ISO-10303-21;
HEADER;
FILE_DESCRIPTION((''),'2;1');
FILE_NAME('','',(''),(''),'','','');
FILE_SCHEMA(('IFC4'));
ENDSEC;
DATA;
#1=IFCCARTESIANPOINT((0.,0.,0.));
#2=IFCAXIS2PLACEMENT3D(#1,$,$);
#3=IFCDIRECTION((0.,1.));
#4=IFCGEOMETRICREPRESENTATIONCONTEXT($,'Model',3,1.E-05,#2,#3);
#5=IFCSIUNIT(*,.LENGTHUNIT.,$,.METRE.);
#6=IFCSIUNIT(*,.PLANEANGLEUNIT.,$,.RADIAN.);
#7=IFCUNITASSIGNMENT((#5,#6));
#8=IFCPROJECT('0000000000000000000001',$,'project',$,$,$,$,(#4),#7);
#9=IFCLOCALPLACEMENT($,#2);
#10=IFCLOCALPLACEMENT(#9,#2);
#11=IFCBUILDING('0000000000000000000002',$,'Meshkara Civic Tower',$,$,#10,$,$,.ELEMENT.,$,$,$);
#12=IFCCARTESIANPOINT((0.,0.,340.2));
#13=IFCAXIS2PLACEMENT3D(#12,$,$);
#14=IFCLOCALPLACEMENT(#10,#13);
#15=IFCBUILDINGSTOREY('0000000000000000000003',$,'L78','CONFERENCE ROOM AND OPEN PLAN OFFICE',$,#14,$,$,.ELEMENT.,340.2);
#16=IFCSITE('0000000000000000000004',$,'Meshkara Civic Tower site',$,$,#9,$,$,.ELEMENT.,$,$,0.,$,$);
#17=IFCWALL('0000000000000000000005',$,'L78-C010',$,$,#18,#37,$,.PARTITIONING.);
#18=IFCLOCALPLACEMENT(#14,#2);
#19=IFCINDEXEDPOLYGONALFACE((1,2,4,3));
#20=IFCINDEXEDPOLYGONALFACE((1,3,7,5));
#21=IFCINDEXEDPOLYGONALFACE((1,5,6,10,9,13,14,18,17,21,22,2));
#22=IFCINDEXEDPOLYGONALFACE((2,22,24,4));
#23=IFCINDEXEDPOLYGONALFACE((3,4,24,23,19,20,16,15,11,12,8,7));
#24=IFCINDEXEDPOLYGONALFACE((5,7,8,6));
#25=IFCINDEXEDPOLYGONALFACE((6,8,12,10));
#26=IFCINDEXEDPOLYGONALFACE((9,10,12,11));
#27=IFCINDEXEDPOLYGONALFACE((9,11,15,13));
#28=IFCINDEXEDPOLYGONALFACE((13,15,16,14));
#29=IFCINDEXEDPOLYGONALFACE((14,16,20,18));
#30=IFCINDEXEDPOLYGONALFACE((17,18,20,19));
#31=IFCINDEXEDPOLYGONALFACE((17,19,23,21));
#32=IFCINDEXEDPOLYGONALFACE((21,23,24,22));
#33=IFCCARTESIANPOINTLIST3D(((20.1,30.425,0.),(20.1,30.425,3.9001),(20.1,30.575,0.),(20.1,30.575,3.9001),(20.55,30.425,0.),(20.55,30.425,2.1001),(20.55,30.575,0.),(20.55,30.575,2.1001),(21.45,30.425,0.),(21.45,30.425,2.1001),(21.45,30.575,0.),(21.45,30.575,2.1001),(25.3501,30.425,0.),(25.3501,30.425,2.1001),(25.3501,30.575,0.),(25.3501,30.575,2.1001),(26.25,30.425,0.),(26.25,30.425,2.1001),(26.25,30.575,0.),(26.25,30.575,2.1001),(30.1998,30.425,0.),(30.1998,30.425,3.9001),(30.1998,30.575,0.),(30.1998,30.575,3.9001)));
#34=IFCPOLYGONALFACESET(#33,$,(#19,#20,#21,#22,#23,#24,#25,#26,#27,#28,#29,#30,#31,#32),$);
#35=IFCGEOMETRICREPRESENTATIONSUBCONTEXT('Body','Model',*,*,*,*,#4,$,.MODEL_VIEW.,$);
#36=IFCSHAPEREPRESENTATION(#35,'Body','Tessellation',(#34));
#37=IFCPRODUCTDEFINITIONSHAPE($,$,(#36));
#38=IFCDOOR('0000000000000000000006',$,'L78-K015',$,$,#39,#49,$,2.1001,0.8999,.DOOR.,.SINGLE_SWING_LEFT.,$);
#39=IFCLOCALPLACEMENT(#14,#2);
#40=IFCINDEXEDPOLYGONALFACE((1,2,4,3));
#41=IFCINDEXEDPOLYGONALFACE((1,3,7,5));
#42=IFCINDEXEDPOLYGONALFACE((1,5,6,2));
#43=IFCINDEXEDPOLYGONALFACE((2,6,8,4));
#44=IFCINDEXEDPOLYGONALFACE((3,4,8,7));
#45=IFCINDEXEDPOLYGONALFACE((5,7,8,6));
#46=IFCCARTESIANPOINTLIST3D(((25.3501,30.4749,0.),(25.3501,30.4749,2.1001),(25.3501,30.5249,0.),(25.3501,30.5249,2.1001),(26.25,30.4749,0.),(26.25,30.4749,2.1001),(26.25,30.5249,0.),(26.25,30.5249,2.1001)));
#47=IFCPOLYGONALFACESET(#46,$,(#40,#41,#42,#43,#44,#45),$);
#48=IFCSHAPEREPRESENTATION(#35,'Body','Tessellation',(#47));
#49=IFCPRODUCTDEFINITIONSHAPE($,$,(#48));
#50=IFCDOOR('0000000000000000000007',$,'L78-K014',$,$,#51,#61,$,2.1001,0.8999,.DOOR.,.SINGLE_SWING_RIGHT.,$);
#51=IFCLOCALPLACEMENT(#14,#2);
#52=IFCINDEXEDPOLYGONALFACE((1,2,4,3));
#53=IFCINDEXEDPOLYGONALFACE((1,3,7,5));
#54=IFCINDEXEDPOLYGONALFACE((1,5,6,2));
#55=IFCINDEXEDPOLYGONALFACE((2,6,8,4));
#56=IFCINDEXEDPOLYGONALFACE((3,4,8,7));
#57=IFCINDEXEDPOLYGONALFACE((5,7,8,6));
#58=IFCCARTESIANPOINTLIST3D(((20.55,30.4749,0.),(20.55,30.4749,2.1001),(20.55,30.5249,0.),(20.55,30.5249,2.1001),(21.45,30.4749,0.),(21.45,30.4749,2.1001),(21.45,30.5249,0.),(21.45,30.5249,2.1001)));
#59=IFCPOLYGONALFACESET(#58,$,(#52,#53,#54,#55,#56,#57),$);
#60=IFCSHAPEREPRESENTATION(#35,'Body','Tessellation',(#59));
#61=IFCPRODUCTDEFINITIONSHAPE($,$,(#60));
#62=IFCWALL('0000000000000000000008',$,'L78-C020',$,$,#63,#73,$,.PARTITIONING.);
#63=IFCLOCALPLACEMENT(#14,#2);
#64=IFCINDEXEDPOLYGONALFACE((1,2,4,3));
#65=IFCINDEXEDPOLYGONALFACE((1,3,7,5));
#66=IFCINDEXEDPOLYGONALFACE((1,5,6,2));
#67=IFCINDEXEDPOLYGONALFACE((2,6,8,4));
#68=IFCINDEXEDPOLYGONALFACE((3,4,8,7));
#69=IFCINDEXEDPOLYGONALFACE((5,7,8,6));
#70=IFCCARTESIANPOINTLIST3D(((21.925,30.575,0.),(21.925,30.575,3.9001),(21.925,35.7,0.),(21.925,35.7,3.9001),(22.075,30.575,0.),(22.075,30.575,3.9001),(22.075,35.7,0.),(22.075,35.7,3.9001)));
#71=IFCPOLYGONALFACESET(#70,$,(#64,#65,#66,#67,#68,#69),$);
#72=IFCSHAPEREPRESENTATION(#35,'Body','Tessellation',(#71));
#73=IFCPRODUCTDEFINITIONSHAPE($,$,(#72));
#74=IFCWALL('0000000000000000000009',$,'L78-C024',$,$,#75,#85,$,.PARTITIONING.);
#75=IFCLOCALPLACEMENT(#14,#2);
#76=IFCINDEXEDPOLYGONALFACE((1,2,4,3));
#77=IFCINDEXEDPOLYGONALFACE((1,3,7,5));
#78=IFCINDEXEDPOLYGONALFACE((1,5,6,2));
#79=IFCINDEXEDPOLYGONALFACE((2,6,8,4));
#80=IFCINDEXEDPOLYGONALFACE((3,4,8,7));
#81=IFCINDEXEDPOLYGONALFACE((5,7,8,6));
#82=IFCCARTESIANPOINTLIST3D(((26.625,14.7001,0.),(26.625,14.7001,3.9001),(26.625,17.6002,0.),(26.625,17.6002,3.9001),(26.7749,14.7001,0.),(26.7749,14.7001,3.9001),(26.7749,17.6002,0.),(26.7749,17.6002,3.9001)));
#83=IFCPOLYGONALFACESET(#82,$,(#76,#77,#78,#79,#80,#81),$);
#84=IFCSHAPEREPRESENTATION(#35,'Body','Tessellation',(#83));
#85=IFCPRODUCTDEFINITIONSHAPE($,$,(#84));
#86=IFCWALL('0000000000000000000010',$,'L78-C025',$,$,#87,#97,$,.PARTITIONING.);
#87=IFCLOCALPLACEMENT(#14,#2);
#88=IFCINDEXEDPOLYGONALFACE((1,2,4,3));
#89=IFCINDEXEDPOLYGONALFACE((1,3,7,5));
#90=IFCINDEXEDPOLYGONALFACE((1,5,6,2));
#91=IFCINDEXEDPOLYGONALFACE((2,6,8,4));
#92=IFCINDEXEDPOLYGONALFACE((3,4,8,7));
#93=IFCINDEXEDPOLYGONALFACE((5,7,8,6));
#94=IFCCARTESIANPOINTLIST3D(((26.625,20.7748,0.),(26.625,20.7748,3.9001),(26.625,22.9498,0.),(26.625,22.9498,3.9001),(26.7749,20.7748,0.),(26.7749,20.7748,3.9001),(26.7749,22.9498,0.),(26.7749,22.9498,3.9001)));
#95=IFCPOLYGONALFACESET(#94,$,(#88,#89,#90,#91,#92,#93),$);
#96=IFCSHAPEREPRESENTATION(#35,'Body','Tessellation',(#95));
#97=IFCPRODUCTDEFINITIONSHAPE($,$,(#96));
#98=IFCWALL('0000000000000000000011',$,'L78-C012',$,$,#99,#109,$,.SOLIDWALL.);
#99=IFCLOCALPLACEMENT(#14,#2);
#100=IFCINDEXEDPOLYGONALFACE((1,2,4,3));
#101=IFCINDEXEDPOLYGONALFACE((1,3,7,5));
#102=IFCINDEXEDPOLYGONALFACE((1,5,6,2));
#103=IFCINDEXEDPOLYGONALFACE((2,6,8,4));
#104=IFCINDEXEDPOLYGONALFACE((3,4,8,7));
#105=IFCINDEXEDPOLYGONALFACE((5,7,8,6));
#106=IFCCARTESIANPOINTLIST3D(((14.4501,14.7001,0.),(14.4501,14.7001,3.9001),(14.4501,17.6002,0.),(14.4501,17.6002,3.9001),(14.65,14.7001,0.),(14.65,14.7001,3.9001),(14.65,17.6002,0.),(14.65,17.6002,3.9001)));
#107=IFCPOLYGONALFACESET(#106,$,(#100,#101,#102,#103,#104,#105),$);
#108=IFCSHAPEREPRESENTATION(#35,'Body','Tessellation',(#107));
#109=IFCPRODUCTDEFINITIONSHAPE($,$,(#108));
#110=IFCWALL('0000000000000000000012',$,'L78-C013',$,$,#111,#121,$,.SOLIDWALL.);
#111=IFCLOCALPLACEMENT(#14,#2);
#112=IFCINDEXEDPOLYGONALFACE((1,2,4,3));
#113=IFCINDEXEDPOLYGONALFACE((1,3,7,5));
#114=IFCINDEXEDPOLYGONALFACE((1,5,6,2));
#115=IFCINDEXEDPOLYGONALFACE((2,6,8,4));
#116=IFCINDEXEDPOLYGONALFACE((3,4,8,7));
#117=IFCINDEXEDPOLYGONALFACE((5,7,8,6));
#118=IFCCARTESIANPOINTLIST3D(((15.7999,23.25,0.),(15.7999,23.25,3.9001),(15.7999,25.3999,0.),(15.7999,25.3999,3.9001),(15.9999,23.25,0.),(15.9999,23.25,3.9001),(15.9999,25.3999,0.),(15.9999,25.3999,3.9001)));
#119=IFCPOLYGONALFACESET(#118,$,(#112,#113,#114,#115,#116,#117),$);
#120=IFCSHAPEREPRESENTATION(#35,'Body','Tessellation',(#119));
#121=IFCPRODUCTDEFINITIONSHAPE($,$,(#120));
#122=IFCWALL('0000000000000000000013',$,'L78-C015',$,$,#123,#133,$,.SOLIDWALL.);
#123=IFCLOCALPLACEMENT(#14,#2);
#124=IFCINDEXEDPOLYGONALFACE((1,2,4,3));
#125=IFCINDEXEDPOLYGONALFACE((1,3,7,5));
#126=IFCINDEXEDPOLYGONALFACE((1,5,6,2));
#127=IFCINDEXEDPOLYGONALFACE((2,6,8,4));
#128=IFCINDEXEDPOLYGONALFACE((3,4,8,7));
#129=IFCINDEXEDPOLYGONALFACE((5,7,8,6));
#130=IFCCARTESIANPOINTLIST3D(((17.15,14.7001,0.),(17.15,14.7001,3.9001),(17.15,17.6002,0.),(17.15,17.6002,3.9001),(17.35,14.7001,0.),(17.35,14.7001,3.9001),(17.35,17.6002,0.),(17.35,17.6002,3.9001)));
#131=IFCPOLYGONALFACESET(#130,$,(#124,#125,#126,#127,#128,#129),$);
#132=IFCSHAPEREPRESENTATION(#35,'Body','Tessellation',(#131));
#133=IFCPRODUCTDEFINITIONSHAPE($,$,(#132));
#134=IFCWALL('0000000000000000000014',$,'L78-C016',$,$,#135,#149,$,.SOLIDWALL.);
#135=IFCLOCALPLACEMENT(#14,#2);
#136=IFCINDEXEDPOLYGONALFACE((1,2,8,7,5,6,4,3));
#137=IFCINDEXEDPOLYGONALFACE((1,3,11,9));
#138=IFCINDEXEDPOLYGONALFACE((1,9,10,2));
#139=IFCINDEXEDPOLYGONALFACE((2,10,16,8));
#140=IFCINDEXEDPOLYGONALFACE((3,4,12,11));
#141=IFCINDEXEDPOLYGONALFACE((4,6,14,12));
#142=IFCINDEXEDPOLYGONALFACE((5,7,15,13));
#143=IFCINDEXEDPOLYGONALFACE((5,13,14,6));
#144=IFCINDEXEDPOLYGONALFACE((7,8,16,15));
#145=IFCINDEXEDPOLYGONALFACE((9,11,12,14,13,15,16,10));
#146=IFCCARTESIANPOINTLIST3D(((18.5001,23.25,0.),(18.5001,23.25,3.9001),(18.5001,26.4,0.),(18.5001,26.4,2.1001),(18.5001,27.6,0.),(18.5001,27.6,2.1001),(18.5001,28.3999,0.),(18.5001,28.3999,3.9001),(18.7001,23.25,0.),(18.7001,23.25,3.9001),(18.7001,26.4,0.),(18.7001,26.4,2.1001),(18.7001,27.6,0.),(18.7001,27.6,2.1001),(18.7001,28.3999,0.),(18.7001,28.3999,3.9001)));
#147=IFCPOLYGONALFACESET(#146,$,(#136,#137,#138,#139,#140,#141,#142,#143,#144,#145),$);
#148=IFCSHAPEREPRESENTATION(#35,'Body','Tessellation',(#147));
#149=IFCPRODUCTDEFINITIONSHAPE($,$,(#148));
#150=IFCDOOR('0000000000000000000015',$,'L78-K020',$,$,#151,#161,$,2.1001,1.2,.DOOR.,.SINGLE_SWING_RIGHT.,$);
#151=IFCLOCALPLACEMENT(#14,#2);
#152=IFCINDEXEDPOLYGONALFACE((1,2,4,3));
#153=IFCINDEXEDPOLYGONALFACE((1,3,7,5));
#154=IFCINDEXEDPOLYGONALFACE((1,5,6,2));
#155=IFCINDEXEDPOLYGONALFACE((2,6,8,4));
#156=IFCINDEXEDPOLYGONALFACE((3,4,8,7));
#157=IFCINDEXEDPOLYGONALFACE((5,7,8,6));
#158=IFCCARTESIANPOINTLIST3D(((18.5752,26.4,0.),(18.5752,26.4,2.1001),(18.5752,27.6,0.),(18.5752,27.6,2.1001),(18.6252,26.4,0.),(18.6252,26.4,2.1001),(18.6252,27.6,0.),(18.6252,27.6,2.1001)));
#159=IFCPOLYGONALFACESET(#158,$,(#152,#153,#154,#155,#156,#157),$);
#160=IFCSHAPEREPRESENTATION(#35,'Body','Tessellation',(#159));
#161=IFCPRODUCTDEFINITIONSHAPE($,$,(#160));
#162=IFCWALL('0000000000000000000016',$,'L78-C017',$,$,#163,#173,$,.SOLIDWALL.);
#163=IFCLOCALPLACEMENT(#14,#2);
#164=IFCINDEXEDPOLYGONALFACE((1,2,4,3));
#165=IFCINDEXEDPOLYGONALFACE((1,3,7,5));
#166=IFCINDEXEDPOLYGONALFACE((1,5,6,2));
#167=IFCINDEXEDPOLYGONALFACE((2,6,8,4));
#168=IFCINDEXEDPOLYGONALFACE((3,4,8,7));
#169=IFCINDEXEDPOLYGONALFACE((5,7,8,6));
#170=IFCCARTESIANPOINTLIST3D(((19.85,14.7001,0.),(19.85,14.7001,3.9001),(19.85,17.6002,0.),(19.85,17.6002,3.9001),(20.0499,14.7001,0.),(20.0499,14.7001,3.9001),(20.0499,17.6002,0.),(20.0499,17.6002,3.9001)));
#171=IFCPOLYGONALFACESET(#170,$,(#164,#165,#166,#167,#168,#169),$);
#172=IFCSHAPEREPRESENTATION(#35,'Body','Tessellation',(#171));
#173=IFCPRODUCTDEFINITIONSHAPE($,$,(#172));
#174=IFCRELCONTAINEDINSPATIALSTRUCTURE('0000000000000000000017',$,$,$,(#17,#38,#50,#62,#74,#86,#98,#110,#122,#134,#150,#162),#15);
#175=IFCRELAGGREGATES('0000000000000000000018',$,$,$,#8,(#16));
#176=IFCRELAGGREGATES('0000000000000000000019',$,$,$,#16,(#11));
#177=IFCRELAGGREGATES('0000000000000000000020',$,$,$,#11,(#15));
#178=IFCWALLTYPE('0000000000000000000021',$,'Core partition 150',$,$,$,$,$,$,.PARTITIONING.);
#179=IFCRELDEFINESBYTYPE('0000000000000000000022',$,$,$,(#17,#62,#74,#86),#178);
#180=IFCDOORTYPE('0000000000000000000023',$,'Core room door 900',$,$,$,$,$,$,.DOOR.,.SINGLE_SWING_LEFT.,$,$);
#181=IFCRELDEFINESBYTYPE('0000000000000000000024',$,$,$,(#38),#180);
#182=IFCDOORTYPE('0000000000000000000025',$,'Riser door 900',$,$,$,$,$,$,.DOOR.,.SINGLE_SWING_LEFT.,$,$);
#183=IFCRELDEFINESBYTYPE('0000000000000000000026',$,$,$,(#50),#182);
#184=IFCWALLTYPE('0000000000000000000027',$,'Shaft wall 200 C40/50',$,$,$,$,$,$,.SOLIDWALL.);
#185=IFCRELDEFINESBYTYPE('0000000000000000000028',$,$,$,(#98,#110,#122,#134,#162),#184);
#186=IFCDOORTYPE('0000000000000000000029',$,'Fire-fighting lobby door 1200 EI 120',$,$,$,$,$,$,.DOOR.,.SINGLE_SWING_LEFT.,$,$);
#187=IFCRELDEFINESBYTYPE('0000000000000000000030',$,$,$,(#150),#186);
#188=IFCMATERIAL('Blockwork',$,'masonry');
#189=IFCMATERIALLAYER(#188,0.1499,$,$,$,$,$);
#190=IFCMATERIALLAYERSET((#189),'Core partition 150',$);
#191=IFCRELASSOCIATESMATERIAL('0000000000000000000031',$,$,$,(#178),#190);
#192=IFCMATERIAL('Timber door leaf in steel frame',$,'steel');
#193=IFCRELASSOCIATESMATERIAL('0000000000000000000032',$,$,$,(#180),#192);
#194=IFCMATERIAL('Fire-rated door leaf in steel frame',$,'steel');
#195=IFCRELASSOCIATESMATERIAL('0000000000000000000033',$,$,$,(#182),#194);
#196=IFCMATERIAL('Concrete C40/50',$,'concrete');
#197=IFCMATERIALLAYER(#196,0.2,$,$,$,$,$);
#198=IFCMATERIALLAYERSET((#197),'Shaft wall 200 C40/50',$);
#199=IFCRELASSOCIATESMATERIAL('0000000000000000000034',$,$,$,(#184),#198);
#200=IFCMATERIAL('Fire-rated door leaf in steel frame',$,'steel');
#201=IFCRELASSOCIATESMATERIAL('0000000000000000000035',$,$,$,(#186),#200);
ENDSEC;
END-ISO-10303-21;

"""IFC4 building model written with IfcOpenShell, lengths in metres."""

from ifc_helpers import new_model, si_unit, direction, frame, frame_2d, origin, place, context, subcontext, project, spatial, rectangle, extrude, material, layer, layer_set, type_object, element, fill, save


model = new_model("IFC4")

# Units and contexts
model_context = context("Model", 3, precision=1e-05, world=origin(), true_north=direction((0.0, 1.0)))
body_context = subcontext(model_context, "Body", "Model", "MODEL_VIEW")
ifc_project = project(units=[si_unit("LENGTHUNIT", "METRE"), si_unit("PLANEANGLEUNIT", "RADIAN")], contexts=[model_context])

# Site, building, storey
site_placement = place(None, origin())
site = spatial("IfcSite", under=ifc_project, at=site_placement, Name="Meshkara Civic Tower site", CompositionType="ELEMENT", RefElevation=0.0)
building_placement = place(site_placement, origin())
building = spatial("IfcBuilding", under=site, at=building_placement, Name="Meshkara Civic Tower", CompositionType="ELEMENT")
storey_placement = place(building_placement, frame((0.0, 0.0, 340.2)))
storey = spatial("IfcBuildingStorey", under=building, at=storey_placement, Name="L78", Description="CONFERENCE ROOM AND OPEN PLAN OFFICE", CompositionType="ELEMENT", Elevation=340.2)

# Wall, openings, doors
ifc_material_1 = material(Name="Blockwork", Category="masonry")
ifc_layer_1 = layer(ifc_material_1, 0.1499)
ifc_layer_set_1 = layer_set([ifc_layer_1], Name="Core partition 150")
wall_type_1 = type_object("IfcWallType", Name="Core partition 150", PredefinedType="PARTITIONING", material=ifc_layer_set_1)
wall_1_placement = place(storey_placement, frame((20.1001, 30.5, 0.0), z_axis=(0.0, 0.0, 1.0), x_axis=(1.0, 0.0, 0.0)))
wall_1 = element("IfcWall", 1, at=wall_1_placement, inside=storey, type_object=wall_type_1, Name="L78-C010", PredefinedType="PARTITIONING", context=body_context, shape_type="SweptSolid", body=[
    extrude(rectangle(XDim=10.0999, YDim=0.1499, at=frame_2d((5.0498, 0.0))), origin(), (0.0, 0.0, 1.0), 3.9001),
])
opening_1_placement = place(wall_1_placement, frame((0.45, 0.0, 0.0)))
opening_1 = element("IfcOpeningElement", 2, at=opening_1_placement, cuts=wall_1, PredefinedType="OPENING", context=body_context, shape_type="SweptSolid", body=[
    extrude(rectangle(XDim=0.8999, YDim=2.1001, at=frame_2d((0.45, 1.05))), frame((0.0, 0.085, 0.0), z_axis=(0.0, -1.0, 0.0), x_axis=(1.0, 0.0, 0.0)), (0.0, 0.0, 1.0), 0.1699),
])
opening_2_placement = place(wall_1_placement, frame((5.25, 0.0, 0.0)))
opening_2 = element("IfcOpeningElement", 3, at=opening_2_placement, cuts=wall_1, PredefinedType="OPENING", context=body_context, shape_type="SweptSolid", body=[
    extrude(rectangle(XDim=0.8999, YDim=2.1001, at=frame_2d((0.45, 1.05))), frame((0.0, 0.085, 0.0), z_axis=(0.0, -1.0, 0.0), x_axis=(1.0, 0.0, 0.0)), (0.0, 0.0, 1.0), 0.1699),
])
ifc_material_2 = material(Name="Timber door leaf in steel frame", Category="steel")
door_type_1 = type_object("IfcDoorType", Name="Core room door 900", OperationType="SINGLE_SWING_LEFT", PredefinedType="DOOR", material=ifc_material_2)
door_1_placement = place(opening_2_placement, origin())
door_1 = element("IfcDoor", 4, at=door_1_placement, inside=storey, type_object=door_type_1, Name="L78-K015", OperationType="SINGLE_SWING_LEFT", OverallHeight=2.1001, OverallWidth=0.8999, PredefinedType="DOOR", context=body_context, shape_type="SweptSolid", body=[
    extrude(rectangle(XDim=0.8999, YDim=2.1001, at=frame_2d((0.45, 1.05))), frame((0.0, 0.0249, 0.0), z_axis=(0.0, -1.0, 0.0), x_axis=(1.0, 0.0, 0.0)), (0.0, 0.0, 1.0), 0.05),
])
fill(opening_2, door_1)
ifc_material_3 = material(Name="Fire-rated door leaf in steel frame", Category="steel")
door_type_2 = type_object("IfcDoorType", Name="Riser door 900", OperationType="SINGLE_SWING_LEFT", PredefinedType="DOOR", material=ifc_material_3)
door_2_placement = place(opening_1_placement, origin())
door_2 = element("IfcDoor", 5, at=door_2_placement, inside=storey, type_object=door_type_2, Name="L78-K014", OperationType="SINGLE_SWING_RIGHT", OverallHeight=2.1001, OverallWidth=0.8999, PredefinedType="DOOR", context=body_context, shape_type="SweptSolid", body=[
    extrude(rectangle(XDim=0.8999, YDim=2.1001, at=frame_2d((0.45, 1.05))), frame((0.0, 0.0249, 0.0), z_axis=(0.0, -1.0, 0.0), x_axis=(1.0, 0.0, 0.0)), (0.0, 0.0, 1.0), 0.05),
])
fill(opening_1, door_2)

# Walls
wall_2_placement = place(storey_placement, frame((22.0, 30.575, 0.0), z_axis=(0.0, 0.0, 1.0), x_axis=(0.0, 1.0, 0.0)))
element("IfcWall", 6, at=wall_2_placement, inside=storey, type_object=wall_type_1, Name="L78-C020", PredefinedType="PARTITIONING", context=body_context, shape_type="SweptSolid", body=[
    extrude(rectangle(XDim=5.125, YDim=0.1499, at=frame_2d((2.5625, 0.0))), origin(), (0.0, 0.0, 1.0), 3.9001),
])
wall_3_placement = place(storey_placement, frame((26.7, 14.7, 0.0), z_axis=(0.0, 0.0, 1.0), x_axis=(0.0, 1.0, 0.0)))
element("IfcWall", 7, at=wall_3_placement, inside=storey, type_object=wall_type_1, Name="L78-C024", PredefinedType="PARTITIONING", context=body_context, shape_type="SweptSolid", body=[
    extrude(rectangle(XDim=2.9001, YDim=0.1499, at=frame_2d((1.4502, 0.0))), origin(), (0.0, 0.0, 1.0), 3.9001),
])
wall_4_placement = place(storey_placement, frame((26.7, 20.7749, 0.0), z_axis=(0.0, 0.0, 1.0), x_axis=(0.0, 1.0, 0.0)))
element("IfcWall", 8, at=wall_4_placement, inside=storey, type_object=wall_type_1, Name="L78-C025", PredefinedType="PARTITIONING", context=body_context, shape_type="SweptSolid", body=[
    extrude(rectangle(XDim=2.175, YDim=0.1499, at=frame_2d((1.0874, 0.0))), origin(), (0.0, 0.0, 1.0), 3.9001),
])
ifc_material_4 = material(Name="Concrete C40/50", Category="concrete")
ifc_layer_2 = layer(ifc_material_4, 0.2)
ifc_layer_set_2 = layer_set([ifc_layer_2], Name="Shaft wall 200 C40/50")
wall_type_2 = type_object("IfcWallType", Name="Shaft wall 200 C40/50", PredefinedType="SOLIDWALL", material=ifc_layer_set_2)
wall_5_placement = place(storey_placement, frame((14.55, 14.7, 0.0), z_axis=(0.0, 0.0, 1.0), x_axis=(0.0, 1.0, 0.0)))
element("IfcWall", 9, at=wall_5_placement, inside=storey, type_object=wall_type_2, Name="L78-C012", PredefinedType="SOLIDWALL", context=body_context, shape_type="SweptSolid", body=[
    extrude(rectangle(XDim=2.9001, YDim=0.2, at=frame_2d((1.4502, 0.0))), origin(), (0.0, 0.0, 1.0), 3.9001),
])
wall_6_placement = place(storey_placement, frame((15.8999, 23.25, 0.0), z_axis=(0.0, 0.0, 1.0), x_axis=(0.0, 1.0, 0.0)))
element("IfcWall", 10, at=wall_6_placement, inside=storey, type_object=wall_type_2, Name="L78-C013", PredefinedType="SOLIDWALL", context=body_context, shape_type="SweptSolid", body=[
    extrude(rectangle(XDim=2.1499, YDim=0.2, at=frame_2d((1.075, 0.0))), origin(), (0.0, 0.0, 1.0), 3.9001),
])
wall_7_placement = place(storey_placement, frame((17.25, 14.7, 0.0), z_axis=(0.0, 0.0, 1.0), x_axis=(0.0, 1.0, 0.0)))
element("IfcWall", 11, at=wall_7_placement, inside=storey, type_object=wall_type_2, Name="L78-C015", PredefinedType="SOLIDWALL", context=body_context, shape_type="SweptSolid", body=[
    extrude(rectangle(XDim=2.9001, YDim=0.2, at=frame_2d((1.4502, 0.0))), origin(), (0.0, 0.0, 1.0), 3.9001),
])

# Wall, opening, door
wall_8_placement = place(storey_placement, frame((18.6001, 23.25, 0.0), z_axis=(0.0, 0.0, 1.0), x_axis=(0.0, 1.0, 0.0)))
wall_8 = element("IfcWall", 12, at=wall_8_placement, inside=storey, type_object=wall_type_2, Name="L78-C016", PredefinedType="SOLIDWALL", context=body_context, shape_type="SweptSolid", body=[
    extrude(rectangle(XDim=5.1499, YDim=0.2, at=frame_2d((2.575, 0.0))), origin(), (0.0, 0.0, 1.0), 3.9001),
])
opening_3_placement = place(wall_8_placement, frame((3.1499, 0.0, 0.0)))
opening_3 = element("IfcOpeningElement", 13, at=opening_3_placement, cuts=wall_8, PredefinedType="OPENING", context=body_context, shape_type="SweptSolid", body=[
    extrude(rectangle(XDim=1.2, YDim=2.1001, at=frame_2d((0.6001, 1.05))), frame((0.0, 0.1099, 0.0), z_axis=(0.0, -1.0, 0.0), x_axis=(1.0, 0.0, 0.0)), (0.0, 0.0, 1.0), 0.22),
])
ifc_material_5 = material(Name="Fire-rated door leaf in steel frame", Category="steel")
door_type_3 = type_object("IfcDoorType", Name="Fire-fighting lobby door 1200 EI 120", OperationType="SINGLE_SWING_LEFT", PredefinedType="DOOR", material=ifc_material_5)
door_3_placement = place(opening_3_placement, origin())
door_3 = element("IfcDoor", 14, at=door_3_placement, inside=storey, type_object=door_type_3, Name="L78-K020", OperationType="SINGLE_SWING_RIGHT", OverallHeight=2.1001, OverallWidth=1.2, PredefinedType="DOOR", context=body_context, shape_type="SweptSolid", body=[
    extrude(rectangle(XDim=1.2, YDim=2.1001, at=frame_2d((0.6001, 1.05))), frame((0.0, 0.0249, 0.0), z_axis=(0.0, -1.0, 0.0), x_axis=(1.0, 0.0, 0.0)), (0.0, 0.0, 1.0), 0.05),
])
fill(opening_3, door_3)

# Wall
wall_9_placement = place(storey_placement, frame((19.95, 14.7, 0.0), z_axis=(0.0, 0.0, 1.0), x_axis=(0.0, 1.0, 0.0)))
element("IfcWall", 15, at=wall_9_placement, inside=storey, type_object=wall_type_2, Name="L78-C017", PredefinedType="SOLIDWALL", context=body_context, shape_type="SweptSolid", body=[
    extrude(rectangle(XDim=2.9001, YDim=0.2, at=frame_2d((1.4502, 0.0))), origin(), (0.0, 0.0, 1.0), 3.9001),
])

save(model, "model.ifc")
